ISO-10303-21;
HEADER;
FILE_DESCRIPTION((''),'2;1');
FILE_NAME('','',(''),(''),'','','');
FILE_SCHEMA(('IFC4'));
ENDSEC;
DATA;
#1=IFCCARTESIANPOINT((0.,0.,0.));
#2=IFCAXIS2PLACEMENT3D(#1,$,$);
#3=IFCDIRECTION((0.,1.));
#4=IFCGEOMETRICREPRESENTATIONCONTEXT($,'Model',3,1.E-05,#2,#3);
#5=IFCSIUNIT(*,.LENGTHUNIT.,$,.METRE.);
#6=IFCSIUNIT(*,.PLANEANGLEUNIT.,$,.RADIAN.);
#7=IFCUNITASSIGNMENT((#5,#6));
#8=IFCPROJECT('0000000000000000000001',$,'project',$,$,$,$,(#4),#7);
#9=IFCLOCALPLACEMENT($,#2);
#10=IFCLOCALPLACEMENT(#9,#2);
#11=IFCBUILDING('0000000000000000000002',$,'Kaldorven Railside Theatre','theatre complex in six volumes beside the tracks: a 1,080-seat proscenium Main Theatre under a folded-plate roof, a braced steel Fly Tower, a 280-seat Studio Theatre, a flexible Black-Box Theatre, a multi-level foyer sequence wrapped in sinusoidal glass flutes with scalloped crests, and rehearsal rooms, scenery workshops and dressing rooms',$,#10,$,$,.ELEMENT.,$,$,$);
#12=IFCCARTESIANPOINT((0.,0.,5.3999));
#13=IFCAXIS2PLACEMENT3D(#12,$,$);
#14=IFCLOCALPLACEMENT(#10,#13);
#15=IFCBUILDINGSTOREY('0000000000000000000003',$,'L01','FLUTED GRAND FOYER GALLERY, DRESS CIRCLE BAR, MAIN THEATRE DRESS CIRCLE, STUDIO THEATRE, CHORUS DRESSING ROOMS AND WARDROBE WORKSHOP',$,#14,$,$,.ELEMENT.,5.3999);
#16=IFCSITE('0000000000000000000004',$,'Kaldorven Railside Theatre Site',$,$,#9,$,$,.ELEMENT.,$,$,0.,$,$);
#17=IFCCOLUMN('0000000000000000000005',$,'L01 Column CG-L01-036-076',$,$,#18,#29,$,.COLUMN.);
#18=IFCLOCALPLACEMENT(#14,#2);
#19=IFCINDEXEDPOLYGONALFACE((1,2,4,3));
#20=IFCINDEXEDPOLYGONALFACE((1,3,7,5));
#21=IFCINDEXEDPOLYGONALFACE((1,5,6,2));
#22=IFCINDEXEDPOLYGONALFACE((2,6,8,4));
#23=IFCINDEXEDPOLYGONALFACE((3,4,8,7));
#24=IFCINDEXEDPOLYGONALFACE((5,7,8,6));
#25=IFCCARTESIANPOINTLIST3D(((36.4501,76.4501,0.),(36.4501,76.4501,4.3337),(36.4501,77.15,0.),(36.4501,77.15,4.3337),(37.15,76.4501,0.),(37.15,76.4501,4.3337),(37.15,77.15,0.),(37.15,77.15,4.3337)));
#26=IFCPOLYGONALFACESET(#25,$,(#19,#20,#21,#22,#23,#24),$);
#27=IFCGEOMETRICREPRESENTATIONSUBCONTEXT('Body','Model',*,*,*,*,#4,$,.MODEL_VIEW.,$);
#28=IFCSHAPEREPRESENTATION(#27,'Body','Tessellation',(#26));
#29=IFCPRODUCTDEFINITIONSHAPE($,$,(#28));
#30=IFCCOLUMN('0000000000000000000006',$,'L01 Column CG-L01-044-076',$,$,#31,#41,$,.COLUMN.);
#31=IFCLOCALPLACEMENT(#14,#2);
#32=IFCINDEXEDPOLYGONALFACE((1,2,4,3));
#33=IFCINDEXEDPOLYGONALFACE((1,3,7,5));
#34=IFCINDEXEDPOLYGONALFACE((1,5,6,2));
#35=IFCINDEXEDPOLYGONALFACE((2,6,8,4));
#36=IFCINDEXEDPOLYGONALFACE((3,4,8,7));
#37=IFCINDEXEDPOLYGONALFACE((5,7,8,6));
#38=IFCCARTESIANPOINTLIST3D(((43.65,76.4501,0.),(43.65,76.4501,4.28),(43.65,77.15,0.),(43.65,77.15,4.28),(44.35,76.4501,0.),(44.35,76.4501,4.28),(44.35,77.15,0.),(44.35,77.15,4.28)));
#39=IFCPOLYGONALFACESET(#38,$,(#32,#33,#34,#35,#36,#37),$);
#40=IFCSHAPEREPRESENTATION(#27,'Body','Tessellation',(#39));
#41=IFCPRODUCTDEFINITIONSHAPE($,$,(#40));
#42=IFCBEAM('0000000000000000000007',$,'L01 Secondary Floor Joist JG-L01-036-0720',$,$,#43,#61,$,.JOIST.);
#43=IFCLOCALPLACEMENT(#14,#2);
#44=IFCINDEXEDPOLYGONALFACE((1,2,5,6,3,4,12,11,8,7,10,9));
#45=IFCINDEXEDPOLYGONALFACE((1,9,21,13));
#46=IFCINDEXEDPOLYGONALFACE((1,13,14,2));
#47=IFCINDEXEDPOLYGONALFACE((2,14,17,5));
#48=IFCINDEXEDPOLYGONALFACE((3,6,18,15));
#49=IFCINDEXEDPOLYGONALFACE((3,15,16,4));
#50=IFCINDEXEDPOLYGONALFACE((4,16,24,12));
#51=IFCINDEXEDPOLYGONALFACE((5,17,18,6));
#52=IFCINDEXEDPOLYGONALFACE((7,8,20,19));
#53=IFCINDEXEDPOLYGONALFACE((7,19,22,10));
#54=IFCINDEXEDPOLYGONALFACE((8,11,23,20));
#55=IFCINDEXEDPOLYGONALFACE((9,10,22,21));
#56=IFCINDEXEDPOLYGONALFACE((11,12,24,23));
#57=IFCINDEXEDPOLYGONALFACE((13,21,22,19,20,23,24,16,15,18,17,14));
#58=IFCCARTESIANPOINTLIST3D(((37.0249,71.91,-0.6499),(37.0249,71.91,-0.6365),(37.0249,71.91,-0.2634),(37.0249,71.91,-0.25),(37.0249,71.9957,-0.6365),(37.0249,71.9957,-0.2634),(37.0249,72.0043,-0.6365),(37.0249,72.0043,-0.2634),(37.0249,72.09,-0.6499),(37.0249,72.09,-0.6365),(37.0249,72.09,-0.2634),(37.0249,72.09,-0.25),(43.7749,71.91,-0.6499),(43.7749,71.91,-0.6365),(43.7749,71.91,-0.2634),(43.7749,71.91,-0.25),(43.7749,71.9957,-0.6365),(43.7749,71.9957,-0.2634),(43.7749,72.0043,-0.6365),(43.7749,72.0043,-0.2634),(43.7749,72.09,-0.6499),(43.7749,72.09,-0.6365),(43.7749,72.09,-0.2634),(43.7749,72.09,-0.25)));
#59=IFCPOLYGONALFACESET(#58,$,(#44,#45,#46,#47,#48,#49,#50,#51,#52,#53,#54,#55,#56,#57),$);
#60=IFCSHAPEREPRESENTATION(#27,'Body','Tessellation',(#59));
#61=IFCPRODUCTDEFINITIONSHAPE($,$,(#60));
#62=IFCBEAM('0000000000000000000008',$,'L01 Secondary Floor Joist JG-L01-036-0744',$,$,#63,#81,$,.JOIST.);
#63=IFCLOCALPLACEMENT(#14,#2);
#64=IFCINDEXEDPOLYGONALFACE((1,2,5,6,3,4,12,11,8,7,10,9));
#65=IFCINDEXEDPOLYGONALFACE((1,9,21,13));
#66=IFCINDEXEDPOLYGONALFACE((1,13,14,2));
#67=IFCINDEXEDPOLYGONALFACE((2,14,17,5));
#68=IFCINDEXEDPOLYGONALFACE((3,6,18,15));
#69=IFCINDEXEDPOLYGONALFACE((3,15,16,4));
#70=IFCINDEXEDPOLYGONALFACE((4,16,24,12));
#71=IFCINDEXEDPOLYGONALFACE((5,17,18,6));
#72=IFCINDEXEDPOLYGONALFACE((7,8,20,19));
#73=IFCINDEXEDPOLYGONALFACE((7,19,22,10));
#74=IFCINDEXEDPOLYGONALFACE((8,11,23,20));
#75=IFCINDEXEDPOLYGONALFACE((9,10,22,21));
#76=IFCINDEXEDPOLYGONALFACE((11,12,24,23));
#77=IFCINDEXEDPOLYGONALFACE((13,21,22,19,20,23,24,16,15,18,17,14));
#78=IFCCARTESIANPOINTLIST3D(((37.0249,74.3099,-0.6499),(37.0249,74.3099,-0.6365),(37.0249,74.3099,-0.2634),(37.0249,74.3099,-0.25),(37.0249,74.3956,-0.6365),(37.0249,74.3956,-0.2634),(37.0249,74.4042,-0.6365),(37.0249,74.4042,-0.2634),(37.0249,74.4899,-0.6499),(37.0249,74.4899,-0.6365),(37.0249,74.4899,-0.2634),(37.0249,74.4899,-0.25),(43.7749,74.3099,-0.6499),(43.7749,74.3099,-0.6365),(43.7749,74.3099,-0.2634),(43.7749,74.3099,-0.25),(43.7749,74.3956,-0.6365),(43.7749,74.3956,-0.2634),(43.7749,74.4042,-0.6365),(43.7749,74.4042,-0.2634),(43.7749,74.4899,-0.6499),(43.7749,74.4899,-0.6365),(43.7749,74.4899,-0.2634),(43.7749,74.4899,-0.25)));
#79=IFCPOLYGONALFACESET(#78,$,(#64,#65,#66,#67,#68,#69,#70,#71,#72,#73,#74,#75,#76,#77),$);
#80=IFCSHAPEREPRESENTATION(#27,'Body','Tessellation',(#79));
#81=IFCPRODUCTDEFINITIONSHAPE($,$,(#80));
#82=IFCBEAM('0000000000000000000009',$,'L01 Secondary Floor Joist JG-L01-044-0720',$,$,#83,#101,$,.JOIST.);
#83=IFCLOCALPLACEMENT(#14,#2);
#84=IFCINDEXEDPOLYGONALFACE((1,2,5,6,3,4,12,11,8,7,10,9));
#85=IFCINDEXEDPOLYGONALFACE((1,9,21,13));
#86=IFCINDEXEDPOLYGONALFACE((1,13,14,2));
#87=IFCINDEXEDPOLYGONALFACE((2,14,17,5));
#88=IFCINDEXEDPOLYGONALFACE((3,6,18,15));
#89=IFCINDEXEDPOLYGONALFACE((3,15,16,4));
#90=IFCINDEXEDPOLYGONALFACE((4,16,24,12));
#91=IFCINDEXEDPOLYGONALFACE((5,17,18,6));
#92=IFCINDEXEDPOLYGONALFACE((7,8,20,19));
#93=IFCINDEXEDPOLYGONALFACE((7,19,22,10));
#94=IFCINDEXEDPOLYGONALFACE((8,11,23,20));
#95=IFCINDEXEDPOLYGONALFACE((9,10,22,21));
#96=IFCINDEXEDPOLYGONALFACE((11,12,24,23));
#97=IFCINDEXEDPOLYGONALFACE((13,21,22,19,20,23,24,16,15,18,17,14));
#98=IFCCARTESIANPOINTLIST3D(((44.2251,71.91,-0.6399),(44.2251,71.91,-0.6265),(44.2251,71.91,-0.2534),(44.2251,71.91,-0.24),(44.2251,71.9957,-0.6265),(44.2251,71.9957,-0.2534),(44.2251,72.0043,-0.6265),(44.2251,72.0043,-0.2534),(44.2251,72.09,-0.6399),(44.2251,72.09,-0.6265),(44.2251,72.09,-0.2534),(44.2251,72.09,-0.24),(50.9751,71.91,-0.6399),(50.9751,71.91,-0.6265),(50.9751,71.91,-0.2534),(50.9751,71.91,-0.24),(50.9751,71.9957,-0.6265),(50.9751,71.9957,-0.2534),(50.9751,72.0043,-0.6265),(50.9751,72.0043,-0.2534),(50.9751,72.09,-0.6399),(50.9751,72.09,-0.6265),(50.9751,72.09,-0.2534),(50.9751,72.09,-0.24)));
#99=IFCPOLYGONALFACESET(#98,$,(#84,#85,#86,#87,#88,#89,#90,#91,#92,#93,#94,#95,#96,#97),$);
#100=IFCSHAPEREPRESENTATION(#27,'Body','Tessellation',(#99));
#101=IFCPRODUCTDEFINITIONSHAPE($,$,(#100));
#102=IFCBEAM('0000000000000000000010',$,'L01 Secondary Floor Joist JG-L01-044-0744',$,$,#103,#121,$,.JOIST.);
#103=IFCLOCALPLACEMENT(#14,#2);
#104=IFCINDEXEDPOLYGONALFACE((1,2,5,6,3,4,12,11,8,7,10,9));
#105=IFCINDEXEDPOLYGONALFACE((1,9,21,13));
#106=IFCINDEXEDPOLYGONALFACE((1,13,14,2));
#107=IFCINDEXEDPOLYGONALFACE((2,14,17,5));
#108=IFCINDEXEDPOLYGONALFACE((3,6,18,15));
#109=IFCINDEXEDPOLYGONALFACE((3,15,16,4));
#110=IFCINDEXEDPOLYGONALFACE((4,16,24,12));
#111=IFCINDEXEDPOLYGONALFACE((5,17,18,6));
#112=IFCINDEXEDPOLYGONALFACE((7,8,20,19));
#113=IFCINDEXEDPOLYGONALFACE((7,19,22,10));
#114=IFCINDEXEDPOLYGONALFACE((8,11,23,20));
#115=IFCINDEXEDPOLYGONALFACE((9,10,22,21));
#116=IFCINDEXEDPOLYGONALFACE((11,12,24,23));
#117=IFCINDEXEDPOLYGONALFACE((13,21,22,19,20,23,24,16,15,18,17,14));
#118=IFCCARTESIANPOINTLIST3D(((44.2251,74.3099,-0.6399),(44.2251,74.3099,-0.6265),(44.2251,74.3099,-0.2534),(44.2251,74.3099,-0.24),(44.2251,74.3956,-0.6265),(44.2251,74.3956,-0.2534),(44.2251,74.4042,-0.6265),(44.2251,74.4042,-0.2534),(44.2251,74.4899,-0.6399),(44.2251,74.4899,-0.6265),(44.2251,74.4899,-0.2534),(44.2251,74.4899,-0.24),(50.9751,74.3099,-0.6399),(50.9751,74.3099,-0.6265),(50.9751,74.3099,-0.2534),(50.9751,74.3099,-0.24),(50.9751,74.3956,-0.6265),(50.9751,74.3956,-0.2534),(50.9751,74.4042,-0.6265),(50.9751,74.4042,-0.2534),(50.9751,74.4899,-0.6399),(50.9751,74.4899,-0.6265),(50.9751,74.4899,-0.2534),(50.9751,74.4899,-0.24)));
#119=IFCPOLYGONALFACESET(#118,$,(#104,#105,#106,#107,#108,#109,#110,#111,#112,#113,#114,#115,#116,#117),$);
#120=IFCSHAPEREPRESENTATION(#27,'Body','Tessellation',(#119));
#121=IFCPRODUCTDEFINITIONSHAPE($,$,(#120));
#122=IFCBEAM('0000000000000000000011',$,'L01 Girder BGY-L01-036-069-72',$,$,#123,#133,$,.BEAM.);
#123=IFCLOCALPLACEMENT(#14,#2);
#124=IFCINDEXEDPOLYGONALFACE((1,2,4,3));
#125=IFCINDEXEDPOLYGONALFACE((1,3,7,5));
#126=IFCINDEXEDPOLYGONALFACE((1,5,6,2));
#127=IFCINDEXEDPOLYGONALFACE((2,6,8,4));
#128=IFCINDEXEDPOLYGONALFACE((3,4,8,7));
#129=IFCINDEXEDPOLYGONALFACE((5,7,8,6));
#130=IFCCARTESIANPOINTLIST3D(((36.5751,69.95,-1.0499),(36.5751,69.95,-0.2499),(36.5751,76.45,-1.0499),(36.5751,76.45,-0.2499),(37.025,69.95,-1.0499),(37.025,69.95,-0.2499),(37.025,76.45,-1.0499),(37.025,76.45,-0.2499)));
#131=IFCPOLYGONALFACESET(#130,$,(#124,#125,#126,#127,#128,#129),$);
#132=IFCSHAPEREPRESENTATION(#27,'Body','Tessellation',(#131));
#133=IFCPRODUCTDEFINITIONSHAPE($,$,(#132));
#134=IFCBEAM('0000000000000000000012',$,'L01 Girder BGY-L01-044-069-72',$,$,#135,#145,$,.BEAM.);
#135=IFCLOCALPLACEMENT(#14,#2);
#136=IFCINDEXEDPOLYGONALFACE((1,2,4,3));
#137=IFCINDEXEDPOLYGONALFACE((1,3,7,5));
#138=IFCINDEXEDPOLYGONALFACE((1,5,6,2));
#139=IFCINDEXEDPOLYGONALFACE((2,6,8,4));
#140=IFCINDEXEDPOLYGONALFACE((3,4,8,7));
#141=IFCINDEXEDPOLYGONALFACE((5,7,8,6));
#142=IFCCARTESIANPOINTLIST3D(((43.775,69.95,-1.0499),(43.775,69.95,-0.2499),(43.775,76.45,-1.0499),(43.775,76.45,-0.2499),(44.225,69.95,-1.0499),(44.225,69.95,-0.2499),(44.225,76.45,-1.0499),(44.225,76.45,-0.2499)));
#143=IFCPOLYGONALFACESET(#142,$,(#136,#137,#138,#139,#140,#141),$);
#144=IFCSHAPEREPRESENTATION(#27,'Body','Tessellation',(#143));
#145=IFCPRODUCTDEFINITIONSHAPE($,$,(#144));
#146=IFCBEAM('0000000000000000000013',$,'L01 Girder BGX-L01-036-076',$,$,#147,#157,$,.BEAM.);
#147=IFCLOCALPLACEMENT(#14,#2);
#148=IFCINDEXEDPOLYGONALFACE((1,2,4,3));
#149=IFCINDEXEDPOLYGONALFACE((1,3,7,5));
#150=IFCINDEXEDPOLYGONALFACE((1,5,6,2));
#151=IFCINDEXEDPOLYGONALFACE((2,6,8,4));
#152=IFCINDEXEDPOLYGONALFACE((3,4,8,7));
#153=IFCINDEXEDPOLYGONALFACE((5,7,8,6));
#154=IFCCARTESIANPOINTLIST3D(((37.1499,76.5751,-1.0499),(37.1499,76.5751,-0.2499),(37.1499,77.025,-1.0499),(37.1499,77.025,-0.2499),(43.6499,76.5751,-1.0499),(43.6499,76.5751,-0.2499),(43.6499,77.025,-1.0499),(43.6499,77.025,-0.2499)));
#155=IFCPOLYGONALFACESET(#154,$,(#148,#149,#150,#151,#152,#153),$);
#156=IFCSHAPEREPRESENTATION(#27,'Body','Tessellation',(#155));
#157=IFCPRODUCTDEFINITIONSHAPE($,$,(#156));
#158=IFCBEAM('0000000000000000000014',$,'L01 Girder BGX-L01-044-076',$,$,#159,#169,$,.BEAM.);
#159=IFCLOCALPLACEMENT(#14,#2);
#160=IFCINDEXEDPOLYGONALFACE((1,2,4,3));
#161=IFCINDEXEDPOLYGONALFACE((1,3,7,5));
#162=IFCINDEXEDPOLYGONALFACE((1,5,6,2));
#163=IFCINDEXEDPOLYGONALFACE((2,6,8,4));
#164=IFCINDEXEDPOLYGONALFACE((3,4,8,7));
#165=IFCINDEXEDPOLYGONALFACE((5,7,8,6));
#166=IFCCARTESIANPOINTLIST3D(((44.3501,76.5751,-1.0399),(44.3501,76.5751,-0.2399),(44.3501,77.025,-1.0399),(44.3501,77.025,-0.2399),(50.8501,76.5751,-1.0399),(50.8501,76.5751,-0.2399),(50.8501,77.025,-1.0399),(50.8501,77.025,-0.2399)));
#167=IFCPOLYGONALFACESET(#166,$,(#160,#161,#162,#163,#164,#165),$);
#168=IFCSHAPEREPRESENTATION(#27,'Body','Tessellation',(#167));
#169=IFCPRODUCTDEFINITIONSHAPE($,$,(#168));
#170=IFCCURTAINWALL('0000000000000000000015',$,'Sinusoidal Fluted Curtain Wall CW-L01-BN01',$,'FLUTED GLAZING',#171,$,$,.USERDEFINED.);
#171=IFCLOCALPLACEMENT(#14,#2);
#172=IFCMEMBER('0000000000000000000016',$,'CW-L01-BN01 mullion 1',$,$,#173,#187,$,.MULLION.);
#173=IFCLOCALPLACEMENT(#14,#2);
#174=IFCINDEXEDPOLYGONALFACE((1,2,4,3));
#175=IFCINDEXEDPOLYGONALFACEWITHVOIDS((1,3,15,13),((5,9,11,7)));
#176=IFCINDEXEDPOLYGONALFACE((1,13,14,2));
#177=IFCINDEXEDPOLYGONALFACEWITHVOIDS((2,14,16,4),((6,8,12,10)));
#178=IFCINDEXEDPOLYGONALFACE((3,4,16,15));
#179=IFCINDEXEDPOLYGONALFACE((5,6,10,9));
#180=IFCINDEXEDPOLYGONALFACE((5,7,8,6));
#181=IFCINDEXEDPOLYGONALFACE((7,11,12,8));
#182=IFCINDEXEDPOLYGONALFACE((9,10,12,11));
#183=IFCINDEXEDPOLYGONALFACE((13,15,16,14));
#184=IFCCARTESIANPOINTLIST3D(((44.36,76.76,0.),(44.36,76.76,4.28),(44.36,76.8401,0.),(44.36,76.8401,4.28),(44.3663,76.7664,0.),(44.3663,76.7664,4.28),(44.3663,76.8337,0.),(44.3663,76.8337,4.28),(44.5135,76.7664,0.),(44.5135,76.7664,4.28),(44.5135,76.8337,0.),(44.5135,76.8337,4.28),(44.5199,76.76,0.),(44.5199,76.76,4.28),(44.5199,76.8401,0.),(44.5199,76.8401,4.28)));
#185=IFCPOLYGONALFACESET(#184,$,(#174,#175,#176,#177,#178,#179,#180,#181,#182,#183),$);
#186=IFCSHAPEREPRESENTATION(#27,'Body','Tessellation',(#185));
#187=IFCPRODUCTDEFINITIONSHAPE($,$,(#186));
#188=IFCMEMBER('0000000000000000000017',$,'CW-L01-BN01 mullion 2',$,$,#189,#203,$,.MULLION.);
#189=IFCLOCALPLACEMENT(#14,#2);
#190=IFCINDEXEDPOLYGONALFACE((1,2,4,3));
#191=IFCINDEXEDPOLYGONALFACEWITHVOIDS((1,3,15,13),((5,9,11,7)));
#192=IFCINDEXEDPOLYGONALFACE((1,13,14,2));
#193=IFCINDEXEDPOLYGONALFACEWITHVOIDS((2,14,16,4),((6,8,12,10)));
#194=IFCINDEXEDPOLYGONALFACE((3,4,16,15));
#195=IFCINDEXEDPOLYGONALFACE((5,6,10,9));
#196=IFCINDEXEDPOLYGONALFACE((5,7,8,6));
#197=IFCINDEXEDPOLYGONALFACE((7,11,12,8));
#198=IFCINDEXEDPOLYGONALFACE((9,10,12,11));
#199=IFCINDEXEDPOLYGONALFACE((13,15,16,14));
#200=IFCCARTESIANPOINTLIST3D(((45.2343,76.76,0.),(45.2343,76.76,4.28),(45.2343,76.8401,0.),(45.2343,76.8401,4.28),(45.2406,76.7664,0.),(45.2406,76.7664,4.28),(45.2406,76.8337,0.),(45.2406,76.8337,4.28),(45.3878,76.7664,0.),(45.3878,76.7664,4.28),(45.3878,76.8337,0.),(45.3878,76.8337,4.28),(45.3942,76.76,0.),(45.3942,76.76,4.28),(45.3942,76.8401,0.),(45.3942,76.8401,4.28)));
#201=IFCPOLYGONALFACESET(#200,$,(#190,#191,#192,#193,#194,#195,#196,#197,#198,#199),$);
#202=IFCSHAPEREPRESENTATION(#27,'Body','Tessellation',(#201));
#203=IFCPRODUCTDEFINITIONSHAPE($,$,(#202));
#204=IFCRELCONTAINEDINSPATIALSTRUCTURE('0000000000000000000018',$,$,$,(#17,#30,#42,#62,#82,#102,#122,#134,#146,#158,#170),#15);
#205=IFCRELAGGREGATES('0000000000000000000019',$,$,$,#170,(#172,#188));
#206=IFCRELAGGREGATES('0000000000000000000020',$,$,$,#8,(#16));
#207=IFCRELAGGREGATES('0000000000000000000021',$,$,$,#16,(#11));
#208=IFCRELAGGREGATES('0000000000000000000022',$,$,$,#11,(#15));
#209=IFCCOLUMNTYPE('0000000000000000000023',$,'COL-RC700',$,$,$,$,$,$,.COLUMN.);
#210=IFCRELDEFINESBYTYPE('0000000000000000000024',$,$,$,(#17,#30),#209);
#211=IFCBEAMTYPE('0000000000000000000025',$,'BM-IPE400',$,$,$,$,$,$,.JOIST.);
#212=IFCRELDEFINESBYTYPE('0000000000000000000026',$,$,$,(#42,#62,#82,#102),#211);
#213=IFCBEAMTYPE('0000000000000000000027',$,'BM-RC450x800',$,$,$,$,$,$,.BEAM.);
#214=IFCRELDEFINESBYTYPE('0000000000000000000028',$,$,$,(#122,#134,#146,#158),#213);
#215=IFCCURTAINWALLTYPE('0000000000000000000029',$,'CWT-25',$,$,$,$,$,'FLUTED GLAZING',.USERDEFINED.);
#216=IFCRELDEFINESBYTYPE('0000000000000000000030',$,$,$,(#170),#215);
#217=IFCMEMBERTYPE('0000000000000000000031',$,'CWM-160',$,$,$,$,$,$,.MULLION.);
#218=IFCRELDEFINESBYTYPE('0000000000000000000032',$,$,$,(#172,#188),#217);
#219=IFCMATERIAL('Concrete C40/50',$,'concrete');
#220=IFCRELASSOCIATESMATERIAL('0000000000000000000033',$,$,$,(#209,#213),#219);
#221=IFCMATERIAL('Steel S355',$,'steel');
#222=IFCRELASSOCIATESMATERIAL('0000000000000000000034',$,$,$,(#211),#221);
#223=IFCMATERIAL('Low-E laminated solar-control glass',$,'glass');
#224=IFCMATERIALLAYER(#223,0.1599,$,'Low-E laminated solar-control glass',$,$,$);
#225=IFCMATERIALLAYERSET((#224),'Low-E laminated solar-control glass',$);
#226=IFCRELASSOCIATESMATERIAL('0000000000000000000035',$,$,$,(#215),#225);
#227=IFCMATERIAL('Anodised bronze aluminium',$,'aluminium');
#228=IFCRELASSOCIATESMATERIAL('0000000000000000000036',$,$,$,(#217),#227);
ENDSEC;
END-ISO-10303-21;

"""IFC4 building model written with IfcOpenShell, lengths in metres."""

from ifc_helpers import new_model, si_unit, direction, frame, origin, origin_2d, place, context, subcontext, project, spatial, rectangle, hollow_rectangle, i_section, extrude, material, layer, layer_set, material_profile, profile_set, type_object, element, aggregate, save


model = new_model("IFC4")

# Units and contexts
model_context = context("Model", 3, precision=1e-05, world=origin(), true_north=direction((0.0, 1.0)))
body_context = subcontext(model_context, "Body", "Model", "MODEL_VIEW")
ifc_project = project(units=[si_unit("LENGTHUNIT", "METRE"), si_unit("PLANEANGLEUNIT", "RADIAN")], contexts=[model_context])

# Site, building, storey
site_placement = place(None, origin())
site = spatial("IfcSite", under=ifc_project, at=site_placement, Name="Kaldorven Railside Theatre Site", CompositionType="ELEMENT", RefElevation=0.0)
building_placement = place(site_placement, origin())
building = spatial("IfcBuilding", under=site, at=building_placement, Name="Kaldorven Railside Theatre", Description="theatre complex in six volumes beside the tracks: a 1,080-seat proscenium Main Theatre under a folded-plate roof, a braced steel Fly Tower, a 280-seat Studio Theatre, a flexible Black-Box Theatre, a multi-level foyer sequence wrapped in sinusoidal glass flutes with scalloped crests, and rehearsal rooms, scenery workshops and dressing rooms", CompositionType="ELEMENT")
storey_placement = place(building_placement, frame((0.0, 0.0, 5.3999)))
storey = spatial("IfcBuildingStorey", under=building, at=storey_placement, Name="L01", Description="FLUTED GRAND FOYER GALLERY, DRESS CIRCLE BAR, MAIN THEATRE DRESS CIRCLE, STUDIO THEATRE, CHORUS DRESSING ROOMS AND WARDROBE WORKSHOP", CompositionType="ELEMENT", Elevation=5.3999)

# Columns
ifc_material_1 = material(Name="Concrete C40/50", Category="concrete")
ifc_material_profile_1 = material_profile(ifc_material_1, rectangle(XDim=0.7, YDim=0.7, at=origin_2d()), Name="RC 700x700")
ifc_profile_set_1 = profile_set([ifc_material_profile_1], Name="Concrete C40/50")
column_type = type_object("IfcColumnType", Name="COL-RC700", PredefinedType="COLUMN", material=ifc_profile_set_1)
column_1_placement = place(storey_placement, frame((36.8, 76.8, 0.0), z_axis=(0.0, 0.0, 1.0), x_axis=(0.0, 1.0, 0.0)))
element("IfcColumn", 1, at=column_1_placement, inside=storey, type_object=column_type, Name="L01 Column CG-L01-036-076", PredefinedType="COLUMN", context=body_context, shape_type="SweptSolid", body=[
    extrude(rectangle(XDim=0.7, YDim=0.7, at=origin_2d()), origin(), (0.0, 0.0, 1.0), 4.3337),
])
column_2_placement = place(storey_placement, frame((44.0, 76.8, 0.0), z_axis=(0.0, 0.0, 1.0), x_axis=(1.0, 0.0, 0.0)))
element("IfcColumn", 2, at=column_2_placement, inside=storey, type_object=column_type, Name="L01 Column CG-L01-044-076", PredefinedType="COLUMN", context=body_context, shape_type="SweptSolid", body=[
    extrude(rectangle(XDim=0.7, YDim=0.7, at=origin_2d()), origin(), (0.0, 0.0, 1.0), 4.28),
])

# Beams
ifc_material_2 = material(Name="Steel S355", Category="steel")
ifc_material_profile_2 = material_profile(ifc_material_2, i_section(OverallWidth=0.1799, OverallDepth=0.3999, WebThickness=0.0085, FlangeThickness=0.0134, at=origin_2d()), Name="IPE 400")
ifc_profile_set_2 = profile_set([ifc_material_profile_2], Name="Steel S355")
beam_type_1 = type_object("IfcBeamType", Name="BM-IPE400", PredefinedType="JOIST", material=ifc_profile_set_2)
for number, where, z_axis, x_axis, name in (
    (3, (37.0249, 72.0, -0.45), (1.0, 0.0, 0.0), (0.0, 1.0, 0.0), "L01 Secondary Floor Joist JG-L01-036-0720"),
    (4, (37.0249, 74.3999, -0.45), (1.0, 0.0, 0.0), (0.0, 1.0, 0.0), "L01 Secondary Floor Joist JG-L01-036-0744"),
    (5, (44.2251, 72.0, -0.4399), (1.0, 0.0, 0.0), (0.0, 1.0, 0.0), "L01 Secondary Floor Joist JG-L01-044-0720"),
    (6, (44.2251, 74.3999, -0.4399), (1.0, 0.0, 0.0), (0.0, 1.0, 0.0), "L01 Secondary Floor Joist JG-L01-044-0744"),
):
    element("IfcBeam", number, at=place(storey_placement, frame(where, z_axis=z_axis, x_axis=x_axis)), inside=storey, type_object=beam_type_1, Name=name, PredefinedType="JOIST", context=body_context, shape_type="SweptSolid", body=[
        extrude(i_section(OverallWidth=0.1799, OverallDepth=0.3999, WebThickness=0.0085, FlangeThickness=0.0134, at=origin_2d()), origin(), (0.0, 0.0, 1.0), 6.75),
    ])
ifc_material_profile_3 = material_profile(ifc_material_1, rectangle(XDim=0.45, YDim=0.8, at=origin_2d()), Name="RC 450x800")
ifc_profile_set_3 = profile_set([ifc_material_profile_3], Name="Concrete C40/50")
beam_type_2 = type_object("IfcBeamType", Name="BM-RC450x800", PredefinedType="BEAM", material=ifc_profile_set_3)
for number, where, z_axis, x_axis, name in (
    (7, (36.8, 69.95, -0.6499), (0.0, 1.0, 0.0), (-1.0, 0.0, 0.0), "L01 Girder BGY-L01-036-069-72"),
    (8, (44.0, 69.95, -0.6499), (0.0, 1.0, 0.0), (-1.0, 0.0, 0.0), "L01 Girder BGY-L01-044-069-72"),
    (9, (37.1499, 76.8, -0.6499), (1.0, 0.0, 0.0), (0.0, 1.0, 0.0), "L01 Girder BGX-L01-036-076"),
    (10, (44.3501, 76.8, -0.6399), (1.0, 0.0, 0.0), (0.0, 1.0, 0.0), "L01 Girder BGX-L01-044-076"),
):
    element("IfcBeam", number, at=place(storey_placement, frame(where, z_axis=z_axis, x_axis=x_axis)), inside=storey, type_object=beam_type_2, Name=name, PredefinedType="BEAM", context=body_context, shape_type="SweptSolid", body=[
        extrude(rectangle(XDim=0.45, YDim=0.8, at=origin_2d()), origin(), (0.0, 0.0, 1.0), 6.5),
    ])

# Curtain wall, members
ifc_material_3 = material(Name="Low-E laminated solar-control glass", Category="glass")
ifc_layer_1 = layer(ifc_material_3, 0.1599, Name="Low-E laminated solar-control glass")
ifc_layer_set_1 = layer_set([ifc_layer_1], Name="Low-E laminated solar-control glass")
curtain_wall_type = type_object("IfcCurtainWallType", Name="CWT-25", ElementType="FLUTED GLAZING", PredefinedType="USERDEFINED", material=ifc_layer_set_1)
curtain_wall_placement = place(storey_placement, origin())
curtain_wall = element("IfcCurtainWall", 11, at=curtain_wall_placement, inside=storey, type_object=curtain_wall_type, Name="Sinusoidal Fluted Curtain Wall CW-L01-BN01", ObjectType="FLUTED GLAZING", PredefinedType="USERDEFINED")
ifc_material_4 = material(Name="Anodised bronze aluminium", Category="aluminium")
ifc_material_profile_4 = material_profile(ifc_material_4, hollow_rectangle(XDim=0.0801, YDim=0.1599, WallThickness=0.0063, at=origin_2d()), Name="RHS 160x80x6.3")
ifc_profile_set_4 = profile_set([ifc_material_profile_4], Name="Anodised bronze aluminium")
member_type_1 = type_object("IfcMemberType", Name="CWM-160", PredefinedType="MULLION", material=ifc_profile_set_4)
member_1_placement = place(storey_placement, frame((44.4399, 76.8, 0.0), z_axis=(0.0, 0.0, 1.0), x_axis=(0.0, 1.0, 0.0)))
member_1 = element("IfcMember", 12, at=member_1_placement, type_object=member_type_1, Name="CW-L01-BN01 mullion 1", PredefinedType="MULLION", context=body_context, shape_type="SweptSolid", body=[
    extrude(hollow_rectangle(XDim=0.0801, YDim=0.1599, WallThickness=0.0063, at=origin_2d()), origin(), (0.0, 0.0, 1.0), 4.28),
])
member_2_placement = place(storey_placement, frame((45.3142, 76.8, 0.0), z_axis=(0.0, 0.0, 1.0), x_axis=(0.0, 1.0, 0.0)))
member_2 = element("IfcMember", 13, at=member_2_placement, type_object=member_type_1, Name="CW-L01-BN01 mullion 2", PredefinedType="MULLION", context=body_context, shape_type="SweptSolid", body=[
    extrude(hollow_rectangle(XDim=0.0801, YDim=0.1599, WallThickness=0.0063, at=origin_2d()), origin(), (0.0, 0.0, 1.0), 4.28),
])
aggregate(curtain_wall, [member_1, member_2])

save(model, "model.ifc")
